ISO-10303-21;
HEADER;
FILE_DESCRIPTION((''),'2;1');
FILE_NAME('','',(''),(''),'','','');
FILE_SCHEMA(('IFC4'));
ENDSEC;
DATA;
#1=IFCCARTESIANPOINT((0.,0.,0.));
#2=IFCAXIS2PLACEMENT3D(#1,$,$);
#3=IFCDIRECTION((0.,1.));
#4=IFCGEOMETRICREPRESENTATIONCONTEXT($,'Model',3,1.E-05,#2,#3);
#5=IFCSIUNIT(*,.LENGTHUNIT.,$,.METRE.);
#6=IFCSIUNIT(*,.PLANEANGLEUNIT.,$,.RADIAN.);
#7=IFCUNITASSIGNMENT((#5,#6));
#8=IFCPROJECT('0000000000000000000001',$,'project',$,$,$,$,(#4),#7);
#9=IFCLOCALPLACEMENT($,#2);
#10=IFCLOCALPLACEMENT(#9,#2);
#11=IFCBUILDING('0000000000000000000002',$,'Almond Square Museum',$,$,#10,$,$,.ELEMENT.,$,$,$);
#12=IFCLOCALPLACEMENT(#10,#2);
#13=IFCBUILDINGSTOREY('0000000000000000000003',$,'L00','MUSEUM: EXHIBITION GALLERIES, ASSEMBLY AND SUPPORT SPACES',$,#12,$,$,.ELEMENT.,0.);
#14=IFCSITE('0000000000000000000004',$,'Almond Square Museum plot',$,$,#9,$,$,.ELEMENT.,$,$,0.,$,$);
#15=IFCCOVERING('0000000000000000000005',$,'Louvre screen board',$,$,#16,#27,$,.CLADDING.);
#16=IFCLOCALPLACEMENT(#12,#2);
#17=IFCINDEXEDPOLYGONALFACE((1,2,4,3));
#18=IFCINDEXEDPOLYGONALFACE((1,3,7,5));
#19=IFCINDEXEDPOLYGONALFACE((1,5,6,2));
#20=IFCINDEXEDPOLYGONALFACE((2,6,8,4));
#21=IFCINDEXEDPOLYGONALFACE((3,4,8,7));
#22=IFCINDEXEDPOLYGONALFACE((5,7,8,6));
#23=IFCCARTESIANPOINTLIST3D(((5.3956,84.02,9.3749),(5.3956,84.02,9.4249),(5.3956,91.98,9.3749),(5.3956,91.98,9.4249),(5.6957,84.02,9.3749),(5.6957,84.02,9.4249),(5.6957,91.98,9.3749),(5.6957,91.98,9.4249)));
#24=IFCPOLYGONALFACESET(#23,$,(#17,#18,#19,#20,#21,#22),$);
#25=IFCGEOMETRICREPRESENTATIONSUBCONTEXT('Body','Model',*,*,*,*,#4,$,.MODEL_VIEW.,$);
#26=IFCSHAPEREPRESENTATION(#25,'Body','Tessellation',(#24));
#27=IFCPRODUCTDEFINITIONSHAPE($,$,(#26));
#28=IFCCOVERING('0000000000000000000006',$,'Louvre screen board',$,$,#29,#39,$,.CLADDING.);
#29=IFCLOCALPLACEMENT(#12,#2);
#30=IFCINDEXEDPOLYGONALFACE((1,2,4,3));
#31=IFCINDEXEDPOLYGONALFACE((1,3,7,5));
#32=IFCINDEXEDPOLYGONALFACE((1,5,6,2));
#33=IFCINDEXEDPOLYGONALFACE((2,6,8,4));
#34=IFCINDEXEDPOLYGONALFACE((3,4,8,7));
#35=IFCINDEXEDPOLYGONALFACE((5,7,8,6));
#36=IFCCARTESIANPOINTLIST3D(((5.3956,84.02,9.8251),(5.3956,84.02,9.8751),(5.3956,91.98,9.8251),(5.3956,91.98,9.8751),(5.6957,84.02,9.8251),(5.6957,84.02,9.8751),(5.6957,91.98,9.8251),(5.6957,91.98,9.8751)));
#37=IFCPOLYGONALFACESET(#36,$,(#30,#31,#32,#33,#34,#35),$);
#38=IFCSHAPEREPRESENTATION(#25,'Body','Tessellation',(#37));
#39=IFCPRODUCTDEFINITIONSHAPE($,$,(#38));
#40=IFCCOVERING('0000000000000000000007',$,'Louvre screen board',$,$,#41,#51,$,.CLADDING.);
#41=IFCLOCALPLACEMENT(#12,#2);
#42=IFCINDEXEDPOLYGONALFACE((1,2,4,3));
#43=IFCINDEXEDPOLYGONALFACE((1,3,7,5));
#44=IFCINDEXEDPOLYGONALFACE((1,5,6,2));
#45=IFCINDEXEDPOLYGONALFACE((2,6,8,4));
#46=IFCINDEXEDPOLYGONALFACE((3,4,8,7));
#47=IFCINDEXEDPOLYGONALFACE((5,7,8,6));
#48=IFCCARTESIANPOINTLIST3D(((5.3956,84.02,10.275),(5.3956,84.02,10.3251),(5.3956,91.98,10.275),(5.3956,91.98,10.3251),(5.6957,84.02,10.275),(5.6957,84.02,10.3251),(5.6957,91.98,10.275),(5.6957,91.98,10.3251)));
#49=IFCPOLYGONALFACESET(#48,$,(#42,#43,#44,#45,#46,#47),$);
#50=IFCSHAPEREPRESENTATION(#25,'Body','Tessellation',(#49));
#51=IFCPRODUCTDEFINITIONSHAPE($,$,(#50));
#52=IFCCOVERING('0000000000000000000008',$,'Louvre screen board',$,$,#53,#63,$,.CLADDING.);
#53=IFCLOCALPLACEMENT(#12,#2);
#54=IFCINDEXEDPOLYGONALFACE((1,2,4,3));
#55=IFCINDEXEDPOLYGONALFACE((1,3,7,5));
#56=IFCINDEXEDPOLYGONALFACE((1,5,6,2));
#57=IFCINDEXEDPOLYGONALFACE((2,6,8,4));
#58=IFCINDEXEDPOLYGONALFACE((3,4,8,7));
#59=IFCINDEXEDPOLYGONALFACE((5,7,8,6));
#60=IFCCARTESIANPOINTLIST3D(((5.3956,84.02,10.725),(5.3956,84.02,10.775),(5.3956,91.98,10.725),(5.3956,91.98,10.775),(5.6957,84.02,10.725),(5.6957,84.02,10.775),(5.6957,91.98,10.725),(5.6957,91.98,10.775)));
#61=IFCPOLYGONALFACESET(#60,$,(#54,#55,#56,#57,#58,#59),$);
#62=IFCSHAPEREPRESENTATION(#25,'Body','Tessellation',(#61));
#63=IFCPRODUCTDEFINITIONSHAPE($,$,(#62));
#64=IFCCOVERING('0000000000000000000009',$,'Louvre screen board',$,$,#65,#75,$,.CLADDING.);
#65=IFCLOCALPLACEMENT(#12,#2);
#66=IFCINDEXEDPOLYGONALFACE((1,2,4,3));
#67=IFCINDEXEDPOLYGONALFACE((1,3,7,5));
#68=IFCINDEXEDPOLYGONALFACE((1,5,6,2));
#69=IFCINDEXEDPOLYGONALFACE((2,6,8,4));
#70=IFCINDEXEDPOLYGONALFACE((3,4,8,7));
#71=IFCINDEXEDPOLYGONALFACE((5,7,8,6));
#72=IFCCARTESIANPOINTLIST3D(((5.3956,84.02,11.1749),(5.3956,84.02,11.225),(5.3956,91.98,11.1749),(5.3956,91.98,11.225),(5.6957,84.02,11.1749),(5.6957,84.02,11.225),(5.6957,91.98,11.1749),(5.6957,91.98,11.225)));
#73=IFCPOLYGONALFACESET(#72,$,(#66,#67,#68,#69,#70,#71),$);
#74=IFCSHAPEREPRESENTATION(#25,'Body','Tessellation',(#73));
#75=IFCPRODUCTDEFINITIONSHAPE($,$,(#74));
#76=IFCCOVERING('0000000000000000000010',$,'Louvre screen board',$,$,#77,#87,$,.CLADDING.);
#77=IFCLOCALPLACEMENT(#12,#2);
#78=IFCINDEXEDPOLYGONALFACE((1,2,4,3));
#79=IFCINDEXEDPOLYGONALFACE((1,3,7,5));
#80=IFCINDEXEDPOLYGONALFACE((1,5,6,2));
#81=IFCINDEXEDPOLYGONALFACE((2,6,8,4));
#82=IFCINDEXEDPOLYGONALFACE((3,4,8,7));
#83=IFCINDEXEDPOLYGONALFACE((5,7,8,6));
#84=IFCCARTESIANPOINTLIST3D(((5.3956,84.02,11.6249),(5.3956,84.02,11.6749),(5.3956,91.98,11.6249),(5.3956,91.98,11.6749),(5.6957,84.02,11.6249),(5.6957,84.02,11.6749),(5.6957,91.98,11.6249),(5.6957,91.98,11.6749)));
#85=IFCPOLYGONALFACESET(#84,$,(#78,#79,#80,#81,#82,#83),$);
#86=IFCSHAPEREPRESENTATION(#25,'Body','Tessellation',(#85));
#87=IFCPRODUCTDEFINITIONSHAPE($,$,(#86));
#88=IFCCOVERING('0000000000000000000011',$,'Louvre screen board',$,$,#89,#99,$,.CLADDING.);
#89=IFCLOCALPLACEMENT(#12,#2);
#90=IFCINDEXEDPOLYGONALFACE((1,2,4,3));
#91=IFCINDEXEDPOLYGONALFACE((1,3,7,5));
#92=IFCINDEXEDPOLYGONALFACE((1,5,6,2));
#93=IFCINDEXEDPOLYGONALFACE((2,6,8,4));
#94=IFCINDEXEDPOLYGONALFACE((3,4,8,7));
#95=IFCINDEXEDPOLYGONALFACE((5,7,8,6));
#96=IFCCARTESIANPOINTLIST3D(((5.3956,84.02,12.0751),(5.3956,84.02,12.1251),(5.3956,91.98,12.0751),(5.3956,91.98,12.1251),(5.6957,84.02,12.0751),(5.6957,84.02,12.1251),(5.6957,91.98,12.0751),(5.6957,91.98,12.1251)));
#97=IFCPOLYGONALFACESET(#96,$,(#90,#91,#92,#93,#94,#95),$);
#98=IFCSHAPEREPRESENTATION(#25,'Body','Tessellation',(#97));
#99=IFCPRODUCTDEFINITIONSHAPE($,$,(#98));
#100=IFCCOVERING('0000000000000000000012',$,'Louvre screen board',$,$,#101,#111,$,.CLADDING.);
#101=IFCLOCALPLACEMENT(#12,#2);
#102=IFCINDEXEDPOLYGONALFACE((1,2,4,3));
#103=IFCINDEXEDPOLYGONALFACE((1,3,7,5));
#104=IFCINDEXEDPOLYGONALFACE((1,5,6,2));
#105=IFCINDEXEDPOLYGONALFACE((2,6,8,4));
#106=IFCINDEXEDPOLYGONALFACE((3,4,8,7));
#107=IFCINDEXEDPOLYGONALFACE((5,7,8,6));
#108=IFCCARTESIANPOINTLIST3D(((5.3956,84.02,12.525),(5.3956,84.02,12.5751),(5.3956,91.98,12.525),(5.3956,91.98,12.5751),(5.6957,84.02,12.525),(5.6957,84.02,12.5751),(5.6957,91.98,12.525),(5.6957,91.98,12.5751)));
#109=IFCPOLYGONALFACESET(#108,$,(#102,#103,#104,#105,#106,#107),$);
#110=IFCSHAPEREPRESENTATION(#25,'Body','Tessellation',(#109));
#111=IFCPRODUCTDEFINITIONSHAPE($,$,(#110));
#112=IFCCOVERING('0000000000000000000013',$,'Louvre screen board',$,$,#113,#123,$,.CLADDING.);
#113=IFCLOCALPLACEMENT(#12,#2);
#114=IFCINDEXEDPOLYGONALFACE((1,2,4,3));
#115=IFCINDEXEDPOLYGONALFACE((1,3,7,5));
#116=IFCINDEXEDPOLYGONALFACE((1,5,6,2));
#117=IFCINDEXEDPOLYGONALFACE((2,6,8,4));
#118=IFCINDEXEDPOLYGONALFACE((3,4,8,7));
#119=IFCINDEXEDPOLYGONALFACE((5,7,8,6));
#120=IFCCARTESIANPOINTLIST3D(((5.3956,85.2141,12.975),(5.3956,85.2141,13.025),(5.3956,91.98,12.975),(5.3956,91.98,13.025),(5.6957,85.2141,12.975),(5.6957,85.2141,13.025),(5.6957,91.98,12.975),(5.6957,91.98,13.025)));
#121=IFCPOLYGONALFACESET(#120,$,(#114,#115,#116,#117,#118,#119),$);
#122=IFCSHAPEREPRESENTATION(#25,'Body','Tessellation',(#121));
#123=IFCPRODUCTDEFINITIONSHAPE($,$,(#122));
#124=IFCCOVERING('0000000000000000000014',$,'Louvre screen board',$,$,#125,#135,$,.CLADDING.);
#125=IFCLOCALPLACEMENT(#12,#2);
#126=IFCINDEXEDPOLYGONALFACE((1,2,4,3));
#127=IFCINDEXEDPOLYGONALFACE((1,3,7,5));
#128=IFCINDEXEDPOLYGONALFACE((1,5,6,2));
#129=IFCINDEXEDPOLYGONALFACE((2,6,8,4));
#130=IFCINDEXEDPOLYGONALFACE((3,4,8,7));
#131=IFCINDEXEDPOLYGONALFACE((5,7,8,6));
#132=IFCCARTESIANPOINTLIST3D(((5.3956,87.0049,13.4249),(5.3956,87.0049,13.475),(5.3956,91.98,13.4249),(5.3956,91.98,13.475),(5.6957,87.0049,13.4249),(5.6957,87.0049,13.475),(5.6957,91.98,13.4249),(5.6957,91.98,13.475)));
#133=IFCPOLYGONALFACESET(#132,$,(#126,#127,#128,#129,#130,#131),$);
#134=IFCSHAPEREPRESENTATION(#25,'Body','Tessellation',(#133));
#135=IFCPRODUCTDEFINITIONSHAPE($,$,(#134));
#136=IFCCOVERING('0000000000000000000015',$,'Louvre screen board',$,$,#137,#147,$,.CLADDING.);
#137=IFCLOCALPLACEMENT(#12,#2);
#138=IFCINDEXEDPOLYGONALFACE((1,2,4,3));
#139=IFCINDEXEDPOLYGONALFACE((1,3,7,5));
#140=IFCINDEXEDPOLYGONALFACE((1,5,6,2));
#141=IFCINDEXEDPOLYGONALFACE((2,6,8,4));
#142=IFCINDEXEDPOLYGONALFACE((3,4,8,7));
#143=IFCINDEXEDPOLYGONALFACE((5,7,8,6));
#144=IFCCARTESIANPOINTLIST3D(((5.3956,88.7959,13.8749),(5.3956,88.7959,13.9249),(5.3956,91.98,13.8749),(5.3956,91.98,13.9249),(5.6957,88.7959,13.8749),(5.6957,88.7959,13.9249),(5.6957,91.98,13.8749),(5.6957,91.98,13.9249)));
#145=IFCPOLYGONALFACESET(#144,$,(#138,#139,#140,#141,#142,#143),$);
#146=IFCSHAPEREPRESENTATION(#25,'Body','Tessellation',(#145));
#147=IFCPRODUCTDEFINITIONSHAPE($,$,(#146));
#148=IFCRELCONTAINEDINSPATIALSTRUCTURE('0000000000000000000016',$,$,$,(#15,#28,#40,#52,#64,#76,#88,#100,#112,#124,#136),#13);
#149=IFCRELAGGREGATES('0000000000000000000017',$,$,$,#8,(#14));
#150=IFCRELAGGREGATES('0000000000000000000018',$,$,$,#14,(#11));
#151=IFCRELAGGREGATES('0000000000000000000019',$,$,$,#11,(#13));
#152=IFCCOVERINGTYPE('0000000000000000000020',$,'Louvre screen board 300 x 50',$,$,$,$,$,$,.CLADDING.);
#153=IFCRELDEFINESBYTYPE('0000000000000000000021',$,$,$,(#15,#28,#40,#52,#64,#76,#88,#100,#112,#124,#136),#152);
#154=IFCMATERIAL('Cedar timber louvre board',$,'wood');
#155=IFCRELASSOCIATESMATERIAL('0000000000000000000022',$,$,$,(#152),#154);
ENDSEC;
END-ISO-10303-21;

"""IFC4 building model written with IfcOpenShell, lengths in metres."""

from ifc_helpers import new_model, si_unit, direction, frame, origin, origin_2d, place, context, subcontext, project, spatial, rectangle, extrude, material, material_profile, profile_set, type_object, element, save


model = new_model("IFC4")

# Units and contexts
model_context = context("Model", 3, precision=1e-05, world=origin(), true_north=direction((0.0, 1.0)))
body_context = subcontext(model_context, "Body", "Model", "MODEL_VIEW")
ifc_project = project(units=[si_unit("LENGTHUNIT", "METRE"), si_unit("PLANEANGLEUNIT", "RADIAN")], contexts=[model_context])

# Site, building, storey
site_placement = place(None, origin())
site = spatial("IfcSite", under=ifc_project, at=site_placement, Name="Almond Square Museum plot", CompositionType="ELEMENT", RefElevation=0.0)
building_placement = place(site_placement, origin())
building = spatial("IfcBuilding", under=site, at=building_placement, Name="Almond Square Museum", CompositionType="ELEMENT")
storey_placement = place(building_placement, origin())
storey = spatial("IfcBuildingStorey", under=building, at=storey_placement, Name="L00", Description="MUSEUM: EXHIBITION GALLERIES, ASSEMBLY AND SUPPORT SPACES", CompositionType="ELEMENT", Elevation=0.0)

# Coverings
ifc_material = material(Name="Cedar timber louvre board", Category="wood")
ifc_material_profile = material_profile(ifc_material, rectangle(XDim=0.3, YDim=0.05, at=origin_2d()))
ifc_profile_set = profile_set([ifc_material_profile], Name="Cedar timber louvre board")
covering_type = type_object("IfcCoveringType", Name="Louvre screen board 300 x 50", PredefinedType="CLADDING", material=ifc_profile_set)
for number, where, z_axis, x_axis, name in (
    (1, (5.5457, 84.02, 9.3999), (0.0, 1.0, 0.0), (-1.0, 0.0, 0.0), "Louvre screen board"),
    (2, (5.5457, 84.02, 9.8501), (0.0, 1.0, 0.0), (-1.0, 0.0, 0.0), "Louvre screen board"),
    (3, (5.5457, 84.02, 10.3), (0.0, 1.0, 0.0), (-1.0, 0.0, 0.0), "Louvre screen board"),
    (4, (5.5457, 84.02, 10.75), (0.0, 1.0, 0.0), (-1.0, 0.0, 0.0), "Louvre screen board"),
    (5, (5.5457, 84.02, 11.2), (0.0, 1.0, 0.0), (-1.0, 0.0, 0.0), "Louvre screen board"),
    (6, (5.5457, 84.02, 11.6499), (0.0, 1.0, 0.0), (-1.0, 0.0, 0.0), "Louvre screen board"),
    (7, (5.5457, 84.02, 12.1001), (0.0, 1.0, 0.0), (-1.0, 0.0, 0.0), "Louvre screen board"),
    (8, (5.5457, 84.02, 12.55), (0.0, 1.0, 0.0), (-1.0, 0.0, 0.0), "Louvre screen board"),
):
    element("IfcCovering", number, at=place(storey_placement, frame(where, z_axis=z_axis, x_axis=x_axis)), inside=storey, type_object=covering_type, Name=name, PredefinedType="CLADDING", context=body_context, shape_type="SweptSolid", body=[
        extrude(rectangle(XDim=0.3, YDim=0.05, at=origin_2d()), origin(), (0.0, 0.0, 1.0), 7.96),
    ])
covering_1_placement = place(storey_placement, frame((5.5457, 85.2141, 13.0), z_axis=(0.0, 1.0, 0.0), x_axis=(-1.0, 0.0, 0.0)))
element("IfcCovering", 9, at=covering_1_placement, inside=storey, type_object=covering_type, Name="Louvre screen board", PredefinedType="CLADDING", context=body_context, shape_type="SweptSolid", body=[
    extrude(rectangle(XDim=0.3, YDim=0.05, at=origin_2d()), origin(), (0.0, 0.0, 1.0), 6.7659),
])
covering_2_placement = place(storey_placement, frame((5.5457, 87.0049, 13.45), z_axis=(0.0, 1.0, 0.0), x_axis=(-1.0, 0.0, 0.0)))
element("IfcCovering", 10, at=covering_2_placement, inside=storey, type_object=covering_type, Name="Louvre screen board", PredefinedType="CLADDING", context=body_context, shape_type="SweptSolid", body=[
    extrude(rectangle(XDim=0.3, YDim=0.05, at=origin_2d()), origin(), (0.0, 0.0, 1.0), 4.9751),
])
covering_3_placement = place(storey_placement, frame((5.5457, 88.7959, 13.8999), z_axis=(0.0, 1.0, 0.0), x_axis=(-1.0, 0.0, 0.0)))
element("IfcCovering", 11, at=covering_3_placement, inside=storey, type_object=covering_type, Name="Louvre screen board", PredefinedType="CLADDING", context=body_context, shape_type="SweptSolid", body=[
    extrude(rectangle(XDim=0.3, YDim=0.05, at=origin_2d()), origin(), (0.0, 0.0, 1.0), 3.1841),
])

save(model, "model.ifc")
